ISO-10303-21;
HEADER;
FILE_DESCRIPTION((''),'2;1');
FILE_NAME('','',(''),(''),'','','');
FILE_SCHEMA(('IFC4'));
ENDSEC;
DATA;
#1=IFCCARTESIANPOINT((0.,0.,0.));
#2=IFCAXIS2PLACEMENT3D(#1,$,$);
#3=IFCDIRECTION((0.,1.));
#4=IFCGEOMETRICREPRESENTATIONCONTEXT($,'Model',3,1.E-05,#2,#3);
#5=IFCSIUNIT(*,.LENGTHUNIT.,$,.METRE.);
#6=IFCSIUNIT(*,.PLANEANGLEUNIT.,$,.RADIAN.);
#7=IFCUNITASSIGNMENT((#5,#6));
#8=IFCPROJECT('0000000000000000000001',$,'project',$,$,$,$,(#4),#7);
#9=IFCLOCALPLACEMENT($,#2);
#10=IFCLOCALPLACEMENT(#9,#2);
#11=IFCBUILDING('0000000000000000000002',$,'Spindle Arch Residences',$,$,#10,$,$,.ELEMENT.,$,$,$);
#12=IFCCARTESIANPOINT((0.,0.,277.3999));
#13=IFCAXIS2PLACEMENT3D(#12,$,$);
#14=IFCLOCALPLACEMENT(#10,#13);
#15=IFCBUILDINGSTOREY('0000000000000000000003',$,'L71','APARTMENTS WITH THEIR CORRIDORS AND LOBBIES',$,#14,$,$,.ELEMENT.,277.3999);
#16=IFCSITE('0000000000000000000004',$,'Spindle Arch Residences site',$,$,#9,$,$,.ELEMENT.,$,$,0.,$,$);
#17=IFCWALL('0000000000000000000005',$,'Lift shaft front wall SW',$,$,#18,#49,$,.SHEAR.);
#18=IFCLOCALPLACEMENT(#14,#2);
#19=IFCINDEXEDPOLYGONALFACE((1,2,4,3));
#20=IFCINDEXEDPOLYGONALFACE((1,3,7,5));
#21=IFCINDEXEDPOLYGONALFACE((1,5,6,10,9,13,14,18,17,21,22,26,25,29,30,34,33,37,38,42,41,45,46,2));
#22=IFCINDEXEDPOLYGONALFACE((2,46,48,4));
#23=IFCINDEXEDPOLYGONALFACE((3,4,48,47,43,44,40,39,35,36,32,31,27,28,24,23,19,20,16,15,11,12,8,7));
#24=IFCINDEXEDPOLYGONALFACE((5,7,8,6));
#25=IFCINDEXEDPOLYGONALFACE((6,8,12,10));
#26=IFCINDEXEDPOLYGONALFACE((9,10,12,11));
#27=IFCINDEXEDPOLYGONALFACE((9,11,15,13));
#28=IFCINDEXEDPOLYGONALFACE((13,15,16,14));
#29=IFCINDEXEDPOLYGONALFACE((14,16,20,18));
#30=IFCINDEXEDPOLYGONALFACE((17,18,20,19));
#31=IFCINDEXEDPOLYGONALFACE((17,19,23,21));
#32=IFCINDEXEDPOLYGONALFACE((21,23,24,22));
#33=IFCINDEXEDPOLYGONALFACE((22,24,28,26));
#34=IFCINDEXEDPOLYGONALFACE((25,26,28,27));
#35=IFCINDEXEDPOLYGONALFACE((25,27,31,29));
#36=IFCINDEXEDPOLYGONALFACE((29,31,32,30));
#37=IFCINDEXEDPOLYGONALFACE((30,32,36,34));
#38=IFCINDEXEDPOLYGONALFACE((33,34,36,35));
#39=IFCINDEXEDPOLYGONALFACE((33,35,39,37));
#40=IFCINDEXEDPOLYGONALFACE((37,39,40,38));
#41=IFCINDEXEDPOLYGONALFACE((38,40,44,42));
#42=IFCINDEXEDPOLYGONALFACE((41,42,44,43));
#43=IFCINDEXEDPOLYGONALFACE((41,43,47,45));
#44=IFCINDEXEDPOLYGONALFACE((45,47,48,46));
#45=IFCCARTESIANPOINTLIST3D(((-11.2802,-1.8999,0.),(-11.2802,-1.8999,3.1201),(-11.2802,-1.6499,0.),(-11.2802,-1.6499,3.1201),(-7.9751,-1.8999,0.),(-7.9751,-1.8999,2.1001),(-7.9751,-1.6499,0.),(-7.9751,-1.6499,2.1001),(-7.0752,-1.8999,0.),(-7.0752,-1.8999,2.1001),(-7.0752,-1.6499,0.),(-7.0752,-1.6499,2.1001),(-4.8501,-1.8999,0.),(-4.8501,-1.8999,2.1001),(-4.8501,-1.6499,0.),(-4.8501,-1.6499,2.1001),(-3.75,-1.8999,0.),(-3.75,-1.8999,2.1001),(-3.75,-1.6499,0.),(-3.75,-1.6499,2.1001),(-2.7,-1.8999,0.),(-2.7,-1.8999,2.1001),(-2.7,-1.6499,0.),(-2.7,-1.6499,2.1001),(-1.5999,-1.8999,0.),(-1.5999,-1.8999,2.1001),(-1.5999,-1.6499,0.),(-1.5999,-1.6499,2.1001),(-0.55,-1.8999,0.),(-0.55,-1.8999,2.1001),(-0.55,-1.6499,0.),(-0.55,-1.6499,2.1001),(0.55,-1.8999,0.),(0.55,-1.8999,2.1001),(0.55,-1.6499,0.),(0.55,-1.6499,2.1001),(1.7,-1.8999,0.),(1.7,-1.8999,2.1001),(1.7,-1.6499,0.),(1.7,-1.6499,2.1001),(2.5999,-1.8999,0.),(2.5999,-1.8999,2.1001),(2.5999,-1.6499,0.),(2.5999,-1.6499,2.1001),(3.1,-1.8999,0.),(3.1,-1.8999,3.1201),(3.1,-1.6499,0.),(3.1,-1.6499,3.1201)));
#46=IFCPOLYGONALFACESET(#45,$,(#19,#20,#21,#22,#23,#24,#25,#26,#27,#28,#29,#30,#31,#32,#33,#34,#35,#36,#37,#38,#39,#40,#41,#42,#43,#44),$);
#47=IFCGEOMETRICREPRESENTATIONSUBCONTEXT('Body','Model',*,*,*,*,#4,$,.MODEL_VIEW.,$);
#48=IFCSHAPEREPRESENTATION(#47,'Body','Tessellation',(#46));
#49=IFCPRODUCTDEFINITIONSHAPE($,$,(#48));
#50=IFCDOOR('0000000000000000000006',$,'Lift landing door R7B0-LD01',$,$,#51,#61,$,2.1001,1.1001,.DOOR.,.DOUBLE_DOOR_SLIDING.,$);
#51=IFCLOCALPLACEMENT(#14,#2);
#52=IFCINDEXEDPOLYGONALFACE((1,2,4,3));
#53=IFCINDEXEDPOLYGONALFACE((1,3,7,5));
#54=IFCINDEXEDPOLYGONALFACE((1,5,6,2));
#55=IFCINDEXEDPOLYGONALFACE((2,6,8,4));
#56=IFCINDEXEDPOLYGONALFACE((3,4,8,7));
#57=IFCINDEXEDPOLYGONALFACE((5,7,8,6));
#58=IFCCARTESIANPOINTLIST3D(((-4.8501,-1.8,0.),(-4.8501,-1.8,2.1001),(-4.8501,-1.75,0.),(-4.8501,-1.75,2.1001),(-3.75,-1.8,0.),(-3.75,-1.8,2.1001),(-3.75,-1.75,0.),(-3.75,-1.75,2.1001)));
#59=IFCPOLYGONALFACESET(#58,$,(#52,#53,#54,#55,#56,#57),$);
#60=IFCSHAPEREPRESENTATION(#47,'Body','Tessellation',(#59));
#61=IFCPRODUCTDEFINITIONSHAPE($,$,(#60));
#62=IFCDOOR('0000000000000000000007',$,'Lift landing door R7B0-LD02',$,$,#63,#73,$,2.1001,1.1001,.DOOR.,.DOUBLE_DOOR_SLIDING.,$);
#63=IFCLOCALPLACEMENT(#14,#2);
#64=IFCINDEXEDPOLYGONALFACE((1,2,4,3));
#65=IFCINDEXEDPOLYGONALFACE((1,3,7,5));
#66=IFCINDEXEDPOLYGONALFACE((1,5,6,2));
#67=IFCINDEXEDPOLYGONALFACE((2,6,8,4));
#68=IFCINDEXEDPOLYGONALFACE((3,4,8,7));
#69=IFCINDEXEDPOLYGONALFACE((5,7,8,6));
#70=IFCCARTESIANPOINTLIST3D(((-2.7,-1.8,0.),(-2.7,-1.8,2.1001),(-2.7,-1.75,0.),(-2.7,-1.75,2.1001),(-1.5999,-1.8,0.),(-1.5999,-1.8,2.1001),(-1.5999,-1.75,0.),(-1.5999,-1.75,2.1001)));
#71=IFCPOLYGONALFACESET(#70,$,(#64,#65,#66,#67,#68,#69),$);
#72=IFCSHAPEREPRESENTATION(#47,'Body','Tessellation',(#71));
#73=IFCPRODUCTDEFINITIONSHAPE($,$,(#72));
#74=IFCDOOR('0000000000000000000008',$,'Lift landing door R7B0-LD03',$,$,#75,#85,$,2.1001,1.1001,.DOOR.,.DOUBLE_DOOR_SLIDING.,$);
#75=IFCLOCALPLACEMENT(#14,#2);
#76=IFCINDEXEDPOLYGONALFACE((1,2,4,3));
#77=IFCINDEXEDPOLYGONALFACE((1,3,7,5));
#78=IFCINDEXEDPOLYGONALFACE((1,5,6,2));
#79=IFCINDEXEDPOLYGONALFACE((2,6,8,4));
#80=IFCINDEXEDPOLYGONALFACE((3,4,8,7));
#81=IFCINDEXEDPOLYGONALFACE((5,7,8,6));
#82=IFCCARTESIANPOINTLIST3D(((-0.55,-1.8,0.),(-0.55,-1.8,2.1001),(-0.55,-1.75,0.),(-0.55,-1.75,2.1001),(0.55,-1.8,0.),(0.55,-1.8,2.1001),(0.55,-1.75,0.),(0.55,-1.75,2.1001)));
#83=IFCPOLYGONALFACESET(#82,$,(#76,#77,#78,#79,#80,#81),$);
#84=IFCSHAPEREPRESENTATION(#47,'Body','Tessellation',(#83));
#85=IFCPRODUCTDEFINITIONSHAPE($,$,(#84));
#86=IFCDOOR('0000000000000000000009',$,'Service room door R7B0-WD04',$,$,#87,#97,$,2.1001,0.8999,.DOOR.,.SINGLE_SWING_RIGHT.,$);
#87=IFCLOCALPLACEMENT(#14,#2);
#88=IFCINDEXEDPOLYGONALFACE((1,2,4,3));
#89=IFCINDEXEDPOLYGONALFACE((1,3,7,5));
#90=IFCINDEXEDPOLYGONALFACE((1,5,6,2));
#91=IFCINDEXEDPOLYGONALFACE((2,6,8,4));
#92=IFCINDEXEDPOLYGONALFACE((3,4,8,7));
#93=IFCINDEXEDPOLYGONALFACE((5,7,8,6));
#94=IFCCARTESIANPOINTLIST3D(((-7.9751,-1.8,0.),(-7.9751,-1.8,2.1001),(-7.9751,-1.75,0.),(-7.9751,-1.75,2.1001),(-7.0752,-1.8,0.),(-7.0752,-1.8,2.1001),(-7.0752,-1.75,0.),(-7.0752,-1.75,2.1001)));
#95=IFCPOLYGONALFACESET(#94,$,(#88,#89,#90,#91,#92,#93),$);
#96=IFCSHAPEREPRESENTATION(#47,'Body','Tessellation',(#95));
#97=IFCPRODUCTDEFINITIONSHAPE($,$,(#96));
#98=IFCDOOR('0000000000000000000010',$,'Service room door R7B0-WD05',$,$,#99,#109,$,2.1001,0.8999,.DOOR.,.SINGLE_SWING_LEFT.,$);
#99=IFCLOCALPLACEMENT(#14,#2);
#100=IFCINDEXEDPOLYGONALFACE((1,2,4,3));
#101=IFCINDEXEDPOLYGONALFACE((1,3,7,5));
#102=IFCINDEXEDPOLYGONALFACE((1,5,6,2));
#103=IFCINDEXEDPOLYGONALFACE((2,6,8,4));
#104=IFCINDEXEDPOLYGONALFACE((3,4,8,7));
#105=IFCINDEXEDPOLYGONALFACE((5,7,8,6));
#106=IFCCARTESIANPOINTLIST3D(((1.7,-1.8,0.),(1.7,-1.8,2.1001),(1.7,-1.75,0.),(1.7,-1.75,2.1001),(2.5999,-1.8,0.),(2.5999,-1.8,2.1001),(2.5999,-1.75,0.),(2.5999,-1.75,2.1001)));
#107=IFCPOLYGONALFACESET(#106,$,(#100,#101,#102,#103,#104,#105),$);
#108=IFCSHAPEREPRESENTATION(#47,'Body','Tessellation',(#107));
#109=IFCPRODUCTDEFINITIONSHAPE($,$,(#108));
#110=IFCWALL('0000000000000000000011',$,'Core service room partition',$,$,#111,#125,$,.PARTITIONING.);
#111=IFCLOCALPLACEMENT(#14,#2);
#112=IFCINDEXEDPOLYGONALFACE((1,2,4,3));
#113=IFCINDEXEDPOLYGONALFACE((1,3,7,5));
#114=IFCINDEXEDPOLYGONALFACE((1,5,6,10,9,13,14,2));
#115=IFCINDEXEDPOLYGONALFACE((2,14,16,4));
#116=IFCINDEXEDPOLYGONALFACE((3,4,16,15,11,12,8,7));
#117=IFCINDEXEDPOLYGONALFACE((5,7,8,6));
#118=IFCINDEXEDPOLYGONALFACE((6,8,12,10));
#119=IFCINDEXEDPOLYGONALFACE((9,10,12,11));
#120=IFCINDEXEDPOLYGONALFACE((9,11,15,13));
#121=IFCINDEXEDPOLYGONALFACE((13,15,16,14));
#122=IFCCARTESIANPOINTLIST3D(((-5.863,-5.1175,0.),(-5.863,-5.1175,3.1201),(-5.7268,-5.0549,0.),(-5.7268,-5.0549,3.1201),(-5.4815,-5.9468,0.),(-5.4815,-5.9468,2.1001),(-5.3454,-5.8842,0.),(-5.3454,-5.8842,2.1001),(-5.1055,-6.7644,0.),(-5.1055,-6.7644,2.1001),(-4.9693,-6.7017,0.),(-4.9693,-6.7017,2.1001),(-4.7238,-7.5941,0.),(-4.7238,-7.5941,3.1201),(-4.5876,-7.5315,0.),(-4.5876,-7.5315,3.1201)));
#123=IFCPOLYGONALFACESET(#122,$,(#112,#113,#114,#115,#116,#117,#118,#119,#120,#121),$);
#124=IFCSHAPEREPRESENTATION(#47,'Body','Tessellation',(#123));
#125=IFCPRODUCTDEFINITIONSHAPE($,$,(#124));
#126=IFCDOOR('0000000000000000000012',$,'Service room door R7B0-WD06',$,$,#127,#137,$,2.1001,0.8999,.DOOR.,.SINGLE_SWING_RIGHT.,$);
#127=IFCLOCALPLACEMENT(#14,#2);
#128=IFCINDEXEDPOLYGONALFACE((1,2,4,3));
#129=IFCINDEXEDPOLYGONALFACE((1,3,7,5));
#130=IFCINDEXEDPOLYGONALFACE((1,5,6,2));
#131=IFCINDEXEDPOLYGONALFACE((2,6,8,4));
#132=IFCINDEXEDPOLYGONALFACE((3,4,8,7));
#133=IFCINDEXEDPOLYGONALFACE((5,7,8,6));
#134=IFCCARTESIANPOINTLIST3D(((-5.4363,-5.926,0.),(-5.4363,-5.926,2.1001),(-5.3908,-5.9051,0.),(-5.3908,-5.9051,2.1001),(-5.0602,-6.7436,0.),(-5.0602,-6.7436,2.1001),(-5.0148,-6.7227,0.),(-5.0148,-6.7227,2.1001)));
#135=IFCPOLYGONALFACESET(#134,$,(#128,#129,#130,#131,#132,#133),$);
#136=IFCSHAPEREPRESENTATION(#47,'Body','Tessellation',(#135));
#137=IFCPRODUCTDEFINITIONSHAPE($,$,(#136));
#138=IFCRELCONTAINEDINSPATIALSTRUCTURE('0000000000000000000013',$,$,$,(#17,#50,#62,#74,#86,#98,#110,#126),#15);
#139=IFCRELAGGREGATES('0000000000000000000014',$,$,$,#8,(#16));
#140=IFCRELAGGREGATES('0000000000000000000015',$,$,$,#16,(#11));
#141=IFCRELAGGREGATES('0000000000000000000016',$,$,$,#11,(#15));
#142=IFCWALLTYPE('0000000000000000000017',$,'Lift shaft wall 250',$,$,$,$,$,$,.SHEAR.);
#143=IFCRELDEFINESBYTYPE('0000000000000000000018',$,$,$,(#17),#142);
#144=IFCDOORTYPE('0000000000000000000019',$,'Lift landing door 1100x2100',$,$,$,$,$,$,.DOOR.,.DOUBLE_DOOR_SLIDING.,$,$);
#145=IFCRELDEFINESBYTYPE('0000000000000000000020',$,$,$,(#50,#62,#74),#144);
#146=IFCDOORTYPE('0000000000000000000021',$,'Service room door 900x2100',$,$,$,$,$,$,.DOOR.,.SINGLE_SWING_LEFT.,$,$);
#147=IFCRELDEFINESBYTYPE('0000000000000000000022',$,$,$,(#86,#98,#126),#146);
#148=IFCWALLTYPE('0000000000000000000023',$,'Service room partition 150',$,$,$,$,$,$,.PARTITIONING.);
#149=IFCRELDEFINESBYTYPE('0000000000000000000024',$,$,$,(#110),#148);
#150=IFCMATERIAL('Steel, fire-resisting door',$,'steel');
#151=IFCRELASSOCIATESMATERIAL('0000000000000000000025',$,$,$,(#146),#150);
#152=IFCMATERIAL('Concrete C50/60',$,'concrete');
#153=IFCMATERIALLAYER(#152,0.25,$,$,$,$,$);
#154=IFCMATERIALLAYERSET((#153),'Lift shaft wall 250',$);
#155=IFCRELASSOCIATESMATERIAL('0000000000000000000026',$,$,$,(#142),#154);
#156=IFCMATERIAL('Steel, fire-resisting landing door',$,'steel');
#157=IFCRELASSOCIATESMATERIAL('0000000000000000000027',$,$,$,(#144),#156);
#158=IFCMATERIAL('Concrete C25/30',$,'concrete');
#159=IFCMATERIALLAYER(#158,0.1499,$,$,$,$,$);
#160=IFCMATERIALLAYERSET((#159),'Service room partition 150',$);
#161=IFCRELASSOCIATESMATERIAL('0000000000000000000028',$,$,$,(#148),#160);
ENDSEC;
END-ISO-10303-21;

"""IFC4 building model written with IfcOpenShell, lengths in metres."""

from ifc_helpers import new_model, si_unit, direction, frame, frame_2d, origin, place, context, subcontext, project, spatial, rectangle, extrude, material, layer, layer_set, type_object, element, fill, save


model = new_model("IFC4")

# Units and contexts
model_context = context("Model", 3, precision=1e-05, world=origin(), true_north=direction((0.0, 1.0)))
body_context = subcontext(model_context, "Body", "Model", "MODEL_VIEW")
ifc_project = project(units=[si_unit("LENGTHUNIT", "METRE"), si_unit("PLANEANGLEUNIT", "RADIAN")], contexts=[model_context])

# Site, building, storey
site_placement = place(None, origin())
site = spatial("IfcSite", under=ifc_project, at=site_placement, Name="Spindle Arch Residences site", CompositionType="ELEMENT", RefElevation=0.0)
building_placement = place(site_placement, origin())
building = spatial("IfcBuilding", under=site, at=building_placement, Name="Spindle Arch Residences", CompositionType="ELEMENT")
storey_placement = place(building_placement, frame((0.0, 0.0, 277.3999)))
storey = spatial("IfcBuildingStorey", under=building, at=storey_placement, Name="L71", Description="APARTMENTS WITH THEIR CORRIDORS AND LOBBIES", CompositionType="ELEMENT", Elevation=277.3999)

# Shared definitions
ifc_material_1 = material(Name="Steel, fire-resisting door", Category="steel")
door_type_1 = type_object("IfcDoorType", Name="Service room door 900x2100", OperationType="SINGLE_SWING_LEFT", PredefinedType="DOOR", material=ifc_material_1)

# Wall, openings, doors
ifc_material_2 = material(Name="Concrete C50/60", Category="concrete")
ifc_layer_1 = layer(ifc_material_2, 0.25)
ifc_layer_set_1 = layer_set([ifc_layer_1], Name="Lift shaft wall 250")
wall_type_1 = type_object("IfcWallType", Name="Lift shaft wall 250", PredefinedType="SHEAR", material=ifc_layer_set_1)
wall_1_placement = place(storey_placement, frame((-11.28, -1.7749, 0.0), z_axis=(0.0, 0.0, 1.0), x_axis=(1.0, 0.0, 0.0)))
wall_1 = element("IfcWall", 1, at=wall_1_placement, inside=storey, type_object=wall_type_1, Name="Lift shaft front wall SW", PredefinedType="SHEAR", context=body_context, shape_type="SweptSolid", body=[
    extrude(rectangle(XDim=14.3801, YDim=0.25, at=frame_2d((7.1899, 0.0))), origin(), (0.0, 0.0, 1.0), 3.1201),
])
opening_1_placement = place(wall_1_placement, frame((6.4299, 0.0, 0.0)))
opening_1 = element("IfcOpeningElement", 2, at=opening_1_placement, cuts=wall_1, PredefinedType="OPENING", context=body_context, shape_type="SweptSolid", body=[
    extrude(rectangle(XDim=1.1001, YDim=2.1001, at=frame_2d((0.55, 1.05))), frame((0.0, 0.135, 0.0), z_axis=(0.0, -1.0, 0.0), x_axis=(1.0, 0.0, 0.0)), (0.0, 0.0, 1.0), 0.27),
])
opening_2_placement = place(wall_1_placement, frame((8.5801, 0.0, 0.0)))
opening_2 = element("IfcOpeningElement", 3, at=opening_2_placement, cuts=wall_1, PredefinedType="OPENING", context=body_context, shape_type="SweptSolid", body=[
    extrude(rectangle(XDim=1.1001, YDim=2.1001, at=frame_2d((0.55, 1.05))), frame((0.0, 0.135, 0.0), z_axis=(0.0, -1.0, 0.0), x_axis=(1.0, 0.0, 0.0)), (0.0, 0.0, 1.0), 0.27),
])
opening_3_placement = place(wall_1_placement, frame((10.73, 0.0, 0.0)))
opening_3 = element("IfcOpeningElement", 4, at=opening_3_placement, cuts=wall_1, PredefinedType="OPENING", context=body_context, shape_type="SweptSolid", body=[
    extrude(rectangle(XDim=1.1001, YDim=2.1001, at=frame_2d((0.55, 1.05))), frame((0.0, 0.135, 0.0), z_axis=(0.0, -1.0, 0.0), x_axis=(1.0, 0.0, 0.0)), (0.0, 0.0, 1.0), 0.27),
])
opening_4_placement = place(wall_1_placement, frame((3.3049, 0.0, 0.0)))
opening_4 = element("IfcOpeningElement", 5, at=opening_4_placement, cuts=wall_1, PredefinedType="OPENING", context=body_context, shape_type="SweptSolid", body=[
    extrude(rectangle(XDim=0.8999, YDim=2.1001, at=frame_2d((0.45, 1.05))), frame((0.0, 0.135, 0.0), z_axis=(0.0, -1.0, 0.0), x_axis=(1.0, 0.0, 0.0)), (0.0, 0.0, 1.0), 0.27),
])
opening_5_placement = place(wall_1_placement, frame((12.98, 0.0, 0.0)))
opening_5 = element("IfcOpeningElement", 6, at=opening_5_placement, cuts=wall_1, PredefinedType="OPENING", context=body_context, shape_type="SweptSolid", body=[
    extrude(rectangle(XDim=0.8999, YDim=2.1001, at=frame_2d((0.45, 1.05))), frame((0.0, 0.135, 0.0), z_axis=(0.0, -1.0, 0.0), x_axis=(1.0, 0.0, 0.0)), (0.0, 0.0, 1.0), 0.27),
])
ifc_material_3 = material(Name="Steel, fire-resisting landing door", Category="steel")
door_type_2 = type_object("IfcDoorType", Name="Lift landing door 1100x2100", OperationType="DOUBLE_DOOR_SLIDING", PredefinedType="DOOR", material=ifc_material_3)
door_1_placement = place(opening_1_placement, origin())
door_1 = element("IfcDoor", 7, at=door_1_placement, inside=storey, type_object=door_type_2, Name="Lift landing door R7B0-LD01", OperationType="DOUBLE_DOOR_SLIDING", OverallHeight=2.1001, OverallWidth=1.1001, PredefinedType="DOOR", context=body_context, shape_type="SweptSolid", body=[
    extrude(rectangle(XDim=1.1001, YDim=2.1001, at=frame_2d((0.55, 1.05))), frame((0.0, 0.0249, 0.0), z_axis=(0.0, -1.0, 0.0), x_axis=(1.0, 0.0, 0.0)), (0.0, 0.0, 1.0), 0.05),
])
fill(opening_1, door_1)
door_2_placement = place(opening_2_placement, origin())
door_2 = element("IfcDoor", 8, at=door_2_placement, inside=storey, type_object=door_type_2, Name="Lift landing door R7B0-LD02", OperationType="DOUBLE_DOOR_SLIDING", OverallHeight=2.1001, OverallWidth=1.1001, PredefinedType="DOOR", context=body_context, shape_type="SweptSolid", body=[
    extrude(rectangle(XDim=1.1001, YDim=2.1001, at=frame_2d((0.55, 1.05))), frame((0.0, 0.0249, 0.0), z_axis=(0.0, -1.0, 0.0), x_axis=(1.0, 0.0, 0.0)), (0.0, 0.0, 1.0), 0.05),
])
fill(opening_2, door_2)
door_3_placement = place(opening_3_placement, origin())
door_3 = element("IfcDoor", 9, at=door_3_placement, inside=storey, type_object=door_type_2, Name="Lift landing door R7B0-LD03", OperationType="DOUBLE_DOOR_SLIDING", OverallHeight=2.1001, OverallWidth=1.1001, PredefinedType="DOOR", context=body_context, shape_type="SweptSolid", body=[
    extrude(rectangle(XDim=1.1001, YDim=2.1001, at=frame_2d((0.55, 1.05))), frame((0.0, 0.0249, 0.0), z_axis=(0.0, -1.0, 0.0), x_axis=(1.0, 0.0, 0.0)), (0.0, 0.0, 1.0), 0.05),
])
fill(opening_3, door_3)
door_4_placement = place(opening_4_placement, origin())
door_4 = element("IfcDoor", 10, at=door_4_placement, inside=storey, type_object=door_type_1, Name="Service room door R7B0-WD04", OperationType="SINGLE_SWING_RIGHT", OverallHeight=2.1001, OverallWidth=0.8999, PredefinedType="DOOR", context=body_context, shape_type="SweptSolid", body=[
    extrude(rectangle(XDim=0.8999, YDim=2.1001, at=frame_2d((0.45, 1.05))), frame((0.0, 0.0249, 0.0), z_axis=(0.0, -1.0, 0.0), x_axis=(1.0, 0.0, 0.0)), (0.0, 0.0, 1.0), 0.05),
])
fill(opening_4, door_4)
door_5_placement = place(opening_5_placement, origin())
door_5 = element("IfcDoor", 11, at=door_5_placement, inside=storey, type_object=door_type_1, Name="Service room door R7B0-WD05", OperationType="SINGLE_SWING_LEFT", OverallHeight=2.1001, OverallWidth=0.8999, PredefinedType="DOOR", context=body_context, shape_type="SweptSolid", body=[
    extrude(rectangle(XDim=0.8999, YDim=2.1001, at=frame_2d((0.45, 1.05))), frame((0.0, 0.0249, 0.0), z_axis=(0.0, -1.0, 0.0), x_axis=(1.0, 0.0, 0.0)), (0.0, 0.0, 1.0), 0.05),
])
fill(opening_5, door_5)

# Wall, opening, door
ifc_material_4 = material(Name="Concrete C25/30", Category="concrete")
ifc_layer_2 = layer(ifc_material_4, 0.1499)
ifc_layer_set_2 = layer_set([ifc_layer_2], Name="Service room partition 150")
wall_type_2 = type_object("IfcWallType", Name="Service room partition 150", PredefinedType="PARTITIONING", material=ifc_layer_set_2)
wall_2_placement = place(storey_placement, frame((-5.7949, -5.0862, 0.0), z_axis=(0.0, 0.0, 1.0), x_axis=(0.417888, -0.908499, 0.0)))
wall_2 = element("IfcWall", 12, at=wall_2_placement, inside=storey, type_object=wall_type_2, Name="Core service room partition", PredefinedType="PARTITIONING", context=body_context, shape_type="SweptSolid", body=[
    extrude(rectangle(XDim=2.7261, YDim=0.1499, at=frame_2d((1.363, 0.0))), origin(), (0.0, 0.0, 1.0), 3.1201),
])
opening_6_placement = place(wall_2_placement, frame((0.9128, 0.0, 0.0)))
opening_6 = element("IfcOpeningElement", 13, at=opening_6_placement, cuts=wall_2, PredefinedType="OPENING", context=body_context, shape_type="SweptSolid", body=[
    extrude(rectangle(XDim=0.8999, YDim=2.1001, at=frame_2d((0.45, 1.05))), frame((0.0, 0.085, 0.0), z_axis=(0.0, -1.0, 0.0), x_axis=(1.0, 0.0, 0.0)), (0.0, 0.0, 1.0), 0.1699),
])
door_6_placement = place(opening_6_placement, origin())
door_6 = element("IfcDoor", 14, at=door_6_placement, inside=storey, type_object=door_type_1, Name="Service room door R7B0-WD06", OperationType="SINGLE_SWING_RIGHT", OverallHeight=2.1001, OverallWidth=0.8999, PredefinedType="DOOR", context=body_context, shape_type="SweptSolid", body=[
    extrude(rectangle(XDim=0.8999, YDim=2.1001, at=frame_2d((0.45, 1.05))), frame((0.0, 0.0249, 0.0), z_axis=(0.0, -1.0, 0.0), x_axis=(1.0, 0.0, 0.0)), (0.0, 0.0, 1.0), 0.05),
])
fill(opening_6, door_6)

save(model, "model.ifc")
